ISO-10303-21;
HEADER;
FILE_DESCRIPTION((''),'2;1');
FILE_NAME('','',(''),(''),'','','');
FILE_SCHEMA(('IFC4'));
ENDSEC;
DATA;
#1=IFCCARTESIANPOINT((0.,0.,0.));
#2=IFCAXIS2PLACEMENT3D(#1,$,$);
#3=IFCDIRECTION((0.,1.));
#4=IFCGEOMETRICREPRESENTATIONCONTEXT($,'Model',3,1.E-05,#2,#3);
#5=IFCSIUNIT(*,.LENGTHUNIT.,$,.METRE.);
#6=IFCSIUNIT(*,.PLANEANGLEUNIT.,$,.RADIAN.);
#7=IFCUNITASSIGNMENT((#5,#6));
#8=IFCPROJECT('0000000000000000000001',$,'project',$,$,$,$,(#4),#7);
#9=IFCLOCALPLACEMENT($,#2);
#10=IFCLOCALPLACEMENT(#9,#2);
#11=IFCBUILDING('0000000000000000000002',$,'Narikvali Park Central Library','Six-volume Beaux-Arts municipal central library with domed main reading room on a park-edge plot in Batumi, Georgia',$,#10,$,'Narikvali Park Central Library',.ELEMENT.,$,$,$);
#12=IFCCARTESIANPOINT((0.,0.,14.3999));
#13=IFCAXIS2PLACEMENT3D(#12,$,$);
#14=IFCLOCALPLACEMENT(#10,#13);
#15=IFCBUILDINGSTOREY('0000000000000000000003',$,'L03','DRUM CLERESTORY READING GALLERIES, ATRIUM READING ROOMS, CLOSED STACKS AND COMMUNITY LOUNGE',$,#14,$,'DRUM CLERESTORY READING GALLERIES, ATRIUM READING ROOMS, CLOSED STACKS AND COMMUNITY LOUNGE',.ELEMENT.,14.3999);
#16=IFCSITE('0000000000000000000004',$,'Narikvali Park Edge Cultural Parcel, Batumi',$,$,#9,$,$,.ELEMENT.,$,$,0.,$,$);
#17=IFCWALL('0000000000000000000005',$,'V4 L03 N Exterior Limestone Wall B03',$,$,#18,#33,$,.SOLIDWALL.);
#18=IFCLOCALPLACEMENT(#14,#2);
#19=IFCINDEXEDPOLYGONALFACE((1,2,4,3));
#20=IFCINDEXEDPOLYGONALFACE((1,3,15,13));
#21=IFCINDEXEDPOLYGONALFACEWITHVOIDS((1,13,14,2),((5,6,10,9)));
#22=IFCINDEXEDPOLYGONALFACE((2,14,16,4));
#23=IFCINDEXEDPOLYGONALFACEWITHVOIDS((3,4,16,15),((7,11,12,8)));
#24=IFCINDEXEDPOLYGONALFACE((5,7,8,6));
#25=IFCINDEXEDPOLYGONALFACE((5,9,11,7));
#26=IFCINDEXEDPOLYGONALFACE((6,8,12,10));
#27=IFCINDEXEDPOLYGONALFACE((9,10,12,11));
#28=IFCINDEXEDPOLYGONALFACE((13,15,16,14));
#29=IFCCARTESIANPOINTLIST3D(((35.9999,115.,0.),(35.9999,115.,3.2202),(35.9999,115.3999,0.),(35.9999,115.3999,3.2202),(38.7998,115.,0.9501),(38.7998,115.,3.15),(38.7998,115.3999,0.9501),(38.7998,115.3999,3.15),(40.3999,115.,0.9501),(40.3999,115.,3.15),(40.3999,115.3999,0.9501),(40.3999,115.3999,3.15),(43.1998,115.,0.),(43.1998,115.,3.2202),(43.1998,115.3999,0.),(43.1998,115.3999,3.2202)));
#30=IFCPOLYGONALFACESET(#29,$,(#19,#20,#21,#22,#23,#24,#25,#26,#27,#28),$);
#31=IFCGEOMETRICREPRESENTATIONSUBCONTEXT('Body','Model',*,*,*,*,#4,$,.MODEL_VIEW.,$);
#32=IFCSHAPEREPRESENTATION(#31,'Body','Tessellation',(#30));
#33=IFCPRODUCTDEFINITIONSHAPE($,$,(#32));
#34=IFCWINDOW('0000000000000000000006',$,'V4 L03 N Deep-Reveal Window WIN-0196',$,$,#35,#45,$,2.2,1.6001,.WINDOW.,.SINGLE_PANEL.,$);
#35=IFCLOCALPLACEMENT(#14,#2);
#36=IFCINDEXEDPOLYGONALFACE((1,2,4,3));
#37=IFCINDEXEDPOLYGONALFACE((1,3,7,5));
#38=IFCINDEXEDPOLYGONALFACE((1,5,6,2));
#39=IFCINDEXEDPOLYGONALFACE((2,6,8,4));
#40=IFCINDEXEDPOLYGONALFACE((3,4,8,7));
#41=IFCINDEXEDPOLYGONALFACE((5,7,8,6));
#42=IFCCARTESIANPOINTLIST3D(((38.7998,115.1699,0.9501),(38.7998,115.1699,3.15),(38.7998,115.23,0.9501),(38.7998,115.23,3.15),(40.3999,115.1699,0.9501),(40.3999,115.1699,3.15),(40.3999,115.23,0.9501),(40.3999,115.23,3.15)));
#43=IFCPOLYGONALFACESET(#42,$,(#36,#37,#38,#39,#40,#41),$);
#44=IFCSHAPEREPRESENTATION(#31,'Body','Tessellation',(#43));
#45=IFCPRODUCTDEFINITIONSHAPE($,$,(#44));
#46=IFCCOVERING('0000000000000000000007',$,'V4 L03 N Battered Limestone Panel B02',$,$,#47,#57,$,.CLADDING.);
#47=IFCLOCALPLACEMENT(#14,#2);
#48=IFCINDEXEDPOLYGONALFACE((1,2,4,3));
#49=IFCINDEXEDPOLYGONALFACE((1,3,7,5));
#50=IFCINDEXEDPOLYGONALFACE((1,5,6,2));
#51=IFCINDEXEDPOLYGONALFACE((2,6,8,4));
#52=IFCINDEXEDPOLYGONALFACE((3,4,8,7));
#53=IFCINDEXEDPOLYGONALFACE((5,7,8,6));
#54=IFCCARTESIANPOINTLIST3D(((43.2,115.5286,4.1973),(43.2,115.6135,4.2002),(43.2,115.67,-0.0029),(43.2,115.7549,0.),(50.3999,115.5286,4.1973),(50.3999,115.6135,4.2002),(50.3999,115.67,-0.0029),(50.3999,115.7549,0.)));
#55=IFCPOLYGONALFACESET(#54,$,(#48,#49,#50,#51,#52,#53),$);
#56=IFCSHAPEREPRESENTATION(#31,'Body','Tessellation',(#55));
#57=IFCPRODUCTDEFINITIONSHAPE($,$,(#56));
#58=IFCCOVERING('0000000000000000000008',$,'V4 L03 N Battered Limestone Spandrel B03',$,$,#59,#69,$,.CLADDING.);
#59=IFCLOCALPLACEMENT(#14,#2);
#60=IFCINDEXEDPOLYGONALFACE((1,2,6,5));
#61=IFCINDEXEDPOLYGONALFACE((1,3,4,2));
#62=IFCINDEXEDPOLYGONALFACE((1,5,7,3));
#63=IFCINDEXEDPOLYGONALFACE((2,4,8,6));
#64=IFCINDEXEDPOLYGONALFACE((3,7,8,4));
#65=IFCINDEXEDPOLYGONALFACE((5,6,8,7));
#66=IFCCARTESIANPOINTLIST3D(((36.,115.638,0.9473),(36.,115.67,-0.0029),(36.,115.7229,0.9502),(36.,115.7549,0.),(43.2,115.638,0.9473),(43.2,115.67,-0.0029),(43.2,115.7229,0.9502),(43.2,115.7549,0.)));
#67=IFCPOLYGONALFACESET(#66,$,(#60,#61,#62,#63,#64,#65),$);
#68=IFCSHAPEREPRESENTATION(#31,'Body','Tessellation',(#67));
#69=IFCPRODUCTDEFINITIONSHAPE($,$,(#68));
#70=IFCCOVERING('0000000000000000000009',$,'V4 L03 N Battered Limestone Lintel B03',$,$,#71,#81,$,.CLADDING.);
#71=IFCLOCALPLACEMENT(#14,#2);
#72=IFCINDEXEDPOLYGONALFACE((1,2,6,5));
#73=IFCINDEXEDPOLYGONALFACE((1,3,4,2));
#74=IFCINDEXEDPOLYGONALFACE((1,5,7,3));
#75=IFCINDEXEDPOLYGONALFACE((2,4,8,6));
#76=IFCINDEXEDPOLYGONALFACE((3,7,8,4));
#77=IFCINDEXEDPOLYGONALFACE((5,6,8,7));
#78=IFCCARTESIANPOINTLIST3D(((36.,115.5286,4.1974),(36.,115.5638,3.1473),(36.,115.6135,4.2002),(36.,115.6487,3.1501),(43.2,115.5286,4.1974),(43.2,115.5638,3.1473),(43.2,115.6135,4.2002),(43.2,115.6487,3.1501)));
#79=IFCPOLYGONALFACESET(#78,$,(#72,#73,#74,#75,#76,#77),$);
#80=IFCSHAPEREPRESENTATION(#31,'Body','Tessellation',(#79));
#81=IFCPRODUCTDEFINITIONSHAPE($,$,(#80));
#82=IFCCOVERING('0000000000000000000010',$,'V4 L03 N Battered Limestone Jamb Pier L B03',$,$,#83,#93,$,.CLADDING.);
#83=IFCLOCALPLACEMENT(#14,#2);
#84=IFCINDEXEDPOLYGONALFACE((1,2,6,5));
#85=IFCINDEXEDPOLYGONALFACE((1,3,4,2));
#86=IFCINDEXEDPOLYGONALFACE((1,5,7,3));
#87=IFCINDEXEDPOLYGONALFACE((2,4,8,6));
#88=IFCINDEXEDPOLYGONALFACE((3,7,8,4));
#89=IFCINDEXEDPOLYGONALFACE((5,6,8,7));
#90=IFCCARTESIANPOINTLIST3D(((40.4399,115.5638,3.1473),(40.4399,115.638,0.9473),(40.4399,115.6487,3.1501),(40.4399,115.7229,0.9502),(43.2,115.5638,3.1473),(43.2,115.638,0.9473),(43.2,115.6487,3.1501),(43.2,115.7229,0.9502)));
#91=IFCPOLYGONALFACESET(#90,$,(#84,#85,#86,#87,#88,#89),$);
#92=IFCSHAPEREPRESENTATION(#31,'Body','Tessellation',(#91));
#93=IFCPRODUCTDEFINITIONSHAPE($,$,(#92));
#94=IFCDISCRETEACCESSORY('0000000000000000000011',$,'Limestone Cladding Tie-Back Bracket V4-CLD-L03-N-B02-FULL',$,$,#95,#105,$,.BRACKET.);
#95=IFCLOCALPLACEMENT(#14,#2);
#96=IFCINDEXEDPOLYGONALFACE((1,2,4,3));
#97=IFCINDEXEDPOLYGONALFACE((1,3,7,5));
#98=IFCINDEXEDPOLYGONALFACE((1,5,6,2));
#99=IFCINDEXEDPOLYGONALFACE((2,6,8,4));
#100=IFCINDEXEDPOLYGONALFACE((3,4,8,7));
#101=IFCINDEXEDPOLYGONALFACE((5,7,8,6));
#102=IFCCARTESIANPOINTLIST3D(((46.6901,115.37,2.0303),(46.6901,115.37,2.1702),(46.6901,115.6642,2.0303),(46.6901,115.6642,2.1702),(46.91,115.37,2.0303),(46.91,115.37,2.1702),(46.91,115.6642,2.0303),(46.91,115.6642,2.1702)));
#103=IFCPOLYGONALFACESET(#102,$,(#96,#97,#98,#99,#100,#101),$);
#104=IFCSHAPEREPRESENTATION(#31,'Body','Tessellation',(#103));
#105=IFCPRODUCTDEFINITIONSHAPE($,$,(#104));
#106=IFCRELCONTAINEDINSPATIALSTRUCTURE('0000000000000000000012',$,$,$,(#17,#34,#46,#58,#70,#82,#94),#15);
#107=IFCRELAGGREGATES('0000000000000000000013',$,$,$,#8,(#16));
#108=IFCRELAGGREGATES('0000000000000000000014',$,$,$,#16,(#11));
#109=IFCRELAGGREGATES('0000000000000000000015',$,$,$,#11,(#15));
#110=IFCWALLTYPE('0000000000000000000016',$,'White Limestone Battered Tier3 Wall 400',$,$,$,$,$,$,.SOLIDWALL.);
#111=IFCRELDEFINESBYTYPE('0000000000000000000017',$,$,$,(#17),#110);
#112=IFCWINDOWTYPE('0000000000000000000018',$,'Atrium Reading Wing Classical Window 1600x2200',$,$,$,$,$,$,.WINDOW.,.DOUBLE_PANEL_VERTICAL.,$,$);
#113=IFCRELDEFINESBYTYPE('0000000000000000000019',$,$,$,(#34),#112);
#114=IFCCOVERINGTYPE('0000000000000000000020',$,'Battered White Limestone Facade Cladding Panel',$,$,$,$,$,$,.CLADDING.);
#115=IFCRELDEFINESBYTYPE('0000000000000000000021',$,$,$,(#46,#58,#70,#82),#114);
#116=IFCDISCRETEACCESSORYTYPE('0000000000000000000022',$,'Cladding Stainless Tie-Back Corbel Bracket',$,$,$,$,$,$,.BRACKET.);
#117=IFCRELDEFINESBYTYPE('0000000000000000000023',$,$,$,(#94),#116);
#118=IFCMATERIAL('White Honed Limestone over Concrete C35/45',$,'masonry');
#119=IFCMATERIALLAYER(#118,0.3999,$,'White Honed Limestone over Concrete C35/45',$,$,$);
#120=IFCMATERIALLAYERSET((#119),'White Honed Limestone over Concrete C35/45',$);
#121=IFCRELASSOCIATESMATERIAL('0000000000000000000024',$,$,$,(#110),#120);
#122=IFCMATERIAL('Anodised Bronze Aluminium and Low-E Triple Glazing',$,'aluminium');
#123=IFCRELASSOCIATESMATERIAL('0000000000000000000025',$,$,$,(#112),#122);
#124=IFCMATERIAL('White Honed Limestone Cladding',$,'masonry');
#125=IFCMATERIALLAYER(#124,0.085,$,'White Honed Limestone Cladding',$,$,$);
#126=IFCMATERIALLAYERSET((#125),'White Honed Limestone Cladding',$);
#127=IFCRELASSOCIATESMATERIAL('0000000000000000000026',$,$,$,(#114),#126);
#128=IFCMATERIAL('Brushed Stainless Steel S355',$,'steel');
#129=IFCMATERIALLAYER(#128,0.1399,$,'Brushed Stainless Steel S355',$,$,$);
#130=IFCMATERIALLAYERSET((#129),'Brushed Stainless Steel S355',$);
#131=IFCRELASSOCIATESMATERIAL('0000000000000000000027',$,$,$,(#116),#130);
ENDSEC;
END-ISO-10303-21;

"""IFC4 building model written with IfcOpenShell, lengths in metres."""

from ifc_helpers import new_model, si_unit, direction, frame, frame_2d, origin, origin_2d, place, context, subcontext, project, spatial, polyline, rectangle, outline, extrude, material, layer, layer_set, type_object, element, fill, save


model = new_model("IFC4")

# Units and contexts
model_context = context("Model", 3, precision=1e-05, world=origin(), true_north=direction((0.0, 1.0)))
body_context = subcontext(model_context, "Body", "Model", "MODEL_VIEW")
ifc_project = project(units=[si_unit("LENGTHUNIT", "METRE"), si_unit("PLANEANGLEUNIT", "RADIAN")], contexts=[model_context])

# Site, building, storey
site_placement = place(None, origin())
site = spatial("IfcSite", under=ifc_project, at=site_placement, Name="Narikvali Park Edge Cultural Parcel, Batumi", CompositionType="ELEMENT", RefElevation=0.0)
building_placement = place(site_placement, origin())
building = spatial("IfcBuilding", under=site, at=building_placement, Name="Narikvali Park Central Library", Description="Six-volume Beaux-Arts municipal central library with domed main reading room on a park-edge plot in Batumi, Georgia", LongName="Narikvali Park Central Library", CompositionType="ELEMENT")
storey_placement = place(building_placement, frame((0.0, 0.0, 14.3999)))
storey = spatial("IfcBuildingStorey", under=building, at=storey_placement, Name="L03", Description="DRUM CLERESTORY READING GALLERIES, ATRIUM READING ROOMS, CLOSED STACKS AND COMMUNITY LOUNGE", LongName="DRUM CLERESTORY READING GALLERIES, ATRIUM READING ROOMS, CLOSED STACKS AND COMMUNITY LOUNGE", CompositionType="ELEMENT", Elevation=14.3999)

# Shared definitions
ifc_material_1 = material(Name="White Honed Limestone over Concrete C35/45", Category="masonry")
ifc_layer_1 = layer(ifc_material_1, 0.3999, Name="White Honed Limestone over Concrete C35/45")
ifc_layer_set_1 = layer_set([ifc_layer_1], Name="White Honed Limestone over Concrete C35/45")
wall_type_1 = type_object("IfcWallType", Name="White Limestone Battered Tier3 Wall 400", PredefinedType="SOLIDWALL", material=ifc_layer_set_1)

# Wall, opening, window
wall_1_placement = place(storey_placement, frame((43.2, 115.2, 0.0), z_axis=(0.0, 0.0, 1.0), x_axis=(-1.0, 0.0, 0.0)))
wall_1 = element("IfcWall", 1, at=wall_1_placement, inside=storey, type_object=wall_type_1, Name="V4 L03 N Exterior Limestone Wall B03", PredefinedType="SOLIDWALL", context=body_context, shape_type="SweptSolid", body=[
    extrude(rectangle(XDim=7.2, YDim=0.3999, at=frame_2d((3.6001, 0.0))), origin(), (0.0, 0.0, 1.0), 3.2202),
])
opening_placement = place(wall_1_placement, frame((2.8, 0.0, 0.95)))
opening = element("IfcOpeningElement", 2, at=opening_placement, cuts=wall_1, PredefinedType="OPENING", context=body_context, shape_type="SweptSolid", body=[
    extrude(rectangle(XDim=1.6001, YDim=2.2, at=frame_2d((0.8, 1.1001))), frame((0.0, 0.2119, 0.0), z_axis=(0.0, -1.0, 0.0), x_axis=(1.0, 0.0, 0.0)), (0.0, 0.0, 1.0), 0.4238),
])
ifc_material_2 = material(Name="Anodised Bronze Aluminium and Low-E Triple Glazing", Category="aluminium")
window_type = type_object("IfcWindowType", Name="Atrium Reading Wing Classical Window 1600x2200", PartitioningType="DOUBLE_PANEL_VERTICAL", PredefinedType="WINDOW", material=ifc_material_2)
window_placement = place(opening_placement, origin())
window = element("IfcWindow", 3, at=window_placement, inside=storey, type_object=window_type, Name="V4 L03 N Deep-Reveal Window WIN-0196", OverallHeight=2.2, OverallWidth=1.6001, PartitioningType="SINGLE_PANEL", PredefinedType="WINDOW", context=body_context, shape_type="SweptSolid", body=[
    extrude(rectangle(XDim=1.6001, YDim=2.2, at=frame_2d((0.8, 1.1001))), frame((0.0, 0.03, 0.0), z_axis=(0.0, -1.0, 0.0), x_axis=(1.0, 0.0, 0.0)), (0.0, 0.0, 1.0), 0.0601),
])
fill(opening, window)

# Coverings
ifc_material_3 = material(Name="White Honed Limestone Cladding", Category="masonry")
ifc_layer_2 = layer(ifc_material_3, 0.085, Name="White Honed Limestone Cladding")
ifc_layer_set_2 = layer_set([ifc_layer_2], Name="White Honed Limestone Cladding")
covering_type = type_object("IfcCoveringType", Name="Battered White Limestone Facade Cladding Panel", PredefinedType="CLADDING", material=ifc_layer_set_2)
covering_1_placement = place(storey_placement, frame((50.3999, 115.7549, 0.0), z_axis=(0.0, 0.999434, 0.033636), x_axis=(-1.0, 0.0, 0.0)))
element("IfcCovering", 4, at=covering_1_placement, inside=storey, type_object=covering_type, Name="V4 L03 N Battered Limestone Panel B02", PredefinedType="CLADDING", context=body_context, shape_type="SweptSolid", body=[
    extrude(outline(polyline([(0.0, 0.0), (7.2, 0.0), (7.2, 4.2026), (0.0, 4.2026), (0.0, 0.0)])), origin(), (0.0, 0.0, -1.0), 0.085),
])
covering_2_placement = place(storey_placement, frame((43.2, 115.7549, 0.0), z_axis=(0.0, 0.999434, 0.03364), x_axis=(-1.0, 0.0, 0.0)))
element("IfcCovering", 5, at=covering_2_placement, inside=storey, type_object=covering_type, Name="V4 L03 N Battered Limestone Spandrel B03", PredefinedType="CLADDING", context=body_context, shape_type="SweptSolid", body=[
    extrude(outline(polyline([(0.0, 0.0), (7.2, 0.0), (7.2, 0.9507), (0.0, 0.9507), (0.0, 0.0)])), origin(), (0.0, 0.0, -1.0), 0.085),
])
covering_3_placement = place(storey_placement, frame((43.2, 115.6487, 3.1501), z_axis=(0.0, 0.99944, 0.033462), x_axis=(-1.0, 0.0, 0.0)))
element("IfcCovering", 6, at=covering_3_placement, inside=storey, type_object=covering_type, Name="V4 L03 N Battered Limestone Lintel B03", PredefinedType="CLADDING", context=body_context, shape_type="SweptSolid", body=[
    extrude(outline(polyline([(0.0, 0.0), (7.2, 0.0), (7.2, 1.0506), (0.0, 1.0506), (0.0, 0.0)])), origin(), (0.0, 0.0, -1.0), 0.085),
])
covering_4_placement = place(storey_placement, frame((43.2, 115.7229, 0.9502), z_axis=(0.0, 0.999431, 0.033717), x_axis=(-1.0, 0.0, 0.0)))
element("IfcCovering", 7, at=covering_4_placement, inside=storey, type_object=covering_type, Name="V4 L03 N Battered Limestone Jamb Pier L B03", PredefinedType="CLADDING", context=body_context, shape_type="SweptSolid", body=[
    extrude(outline(polyline([(0.0, 0.0), (2.76, 0.0), (2.76, 2.2012), (0.0, 2.2012), (0.0, 0.0)])), origin(), (0.0, 0.0, -1.0), 0.085),
])

# Discrete accessory
ifc_material_4 = material(Name="Brushed Stainless Steel S355", Category="steel")
ifc_layer_3 = layer(ifc_material_4, 0.1399, Name="Brushed Stainless Steel S355")
ifc_layer_set_3 = layer_set([ifc_layer_3], Name="Brushed Stainless Steel S355")
discrete_accessory_type = type_object("IfcDiscreteAccessoryType", Name="Cladding Stainless Tie-Back Corbel Bracket", PredefinedType="BRACKET", material=ifc_layer_set_3)
discrete_accessory_placement = place(storey_placement, frame((46.8, 115.5171, 2.0303), z_axis=(0.0, 0.0, 1.0), x_axis=(1.0, 0.0, 0.0)))
element("IfcDiscreteAccessory", 8, at=discrete_accessory_placement, inside=storey, type_object=discrete_accessory_type, Name="Limestone Cladding Tie-Back Bracket V4-CLD-L03-N-B02-FULL", PredefinedType="BRACKET", context=body_context, shape_type="SweptSolid", body=[
    extrude(rectangle(XDim=0.22, YDim=0.2942, at=origin_2d()), origin(), (0.0, 0.0, 1.0), 0.1399),
])

save(model, "model.ifc")
